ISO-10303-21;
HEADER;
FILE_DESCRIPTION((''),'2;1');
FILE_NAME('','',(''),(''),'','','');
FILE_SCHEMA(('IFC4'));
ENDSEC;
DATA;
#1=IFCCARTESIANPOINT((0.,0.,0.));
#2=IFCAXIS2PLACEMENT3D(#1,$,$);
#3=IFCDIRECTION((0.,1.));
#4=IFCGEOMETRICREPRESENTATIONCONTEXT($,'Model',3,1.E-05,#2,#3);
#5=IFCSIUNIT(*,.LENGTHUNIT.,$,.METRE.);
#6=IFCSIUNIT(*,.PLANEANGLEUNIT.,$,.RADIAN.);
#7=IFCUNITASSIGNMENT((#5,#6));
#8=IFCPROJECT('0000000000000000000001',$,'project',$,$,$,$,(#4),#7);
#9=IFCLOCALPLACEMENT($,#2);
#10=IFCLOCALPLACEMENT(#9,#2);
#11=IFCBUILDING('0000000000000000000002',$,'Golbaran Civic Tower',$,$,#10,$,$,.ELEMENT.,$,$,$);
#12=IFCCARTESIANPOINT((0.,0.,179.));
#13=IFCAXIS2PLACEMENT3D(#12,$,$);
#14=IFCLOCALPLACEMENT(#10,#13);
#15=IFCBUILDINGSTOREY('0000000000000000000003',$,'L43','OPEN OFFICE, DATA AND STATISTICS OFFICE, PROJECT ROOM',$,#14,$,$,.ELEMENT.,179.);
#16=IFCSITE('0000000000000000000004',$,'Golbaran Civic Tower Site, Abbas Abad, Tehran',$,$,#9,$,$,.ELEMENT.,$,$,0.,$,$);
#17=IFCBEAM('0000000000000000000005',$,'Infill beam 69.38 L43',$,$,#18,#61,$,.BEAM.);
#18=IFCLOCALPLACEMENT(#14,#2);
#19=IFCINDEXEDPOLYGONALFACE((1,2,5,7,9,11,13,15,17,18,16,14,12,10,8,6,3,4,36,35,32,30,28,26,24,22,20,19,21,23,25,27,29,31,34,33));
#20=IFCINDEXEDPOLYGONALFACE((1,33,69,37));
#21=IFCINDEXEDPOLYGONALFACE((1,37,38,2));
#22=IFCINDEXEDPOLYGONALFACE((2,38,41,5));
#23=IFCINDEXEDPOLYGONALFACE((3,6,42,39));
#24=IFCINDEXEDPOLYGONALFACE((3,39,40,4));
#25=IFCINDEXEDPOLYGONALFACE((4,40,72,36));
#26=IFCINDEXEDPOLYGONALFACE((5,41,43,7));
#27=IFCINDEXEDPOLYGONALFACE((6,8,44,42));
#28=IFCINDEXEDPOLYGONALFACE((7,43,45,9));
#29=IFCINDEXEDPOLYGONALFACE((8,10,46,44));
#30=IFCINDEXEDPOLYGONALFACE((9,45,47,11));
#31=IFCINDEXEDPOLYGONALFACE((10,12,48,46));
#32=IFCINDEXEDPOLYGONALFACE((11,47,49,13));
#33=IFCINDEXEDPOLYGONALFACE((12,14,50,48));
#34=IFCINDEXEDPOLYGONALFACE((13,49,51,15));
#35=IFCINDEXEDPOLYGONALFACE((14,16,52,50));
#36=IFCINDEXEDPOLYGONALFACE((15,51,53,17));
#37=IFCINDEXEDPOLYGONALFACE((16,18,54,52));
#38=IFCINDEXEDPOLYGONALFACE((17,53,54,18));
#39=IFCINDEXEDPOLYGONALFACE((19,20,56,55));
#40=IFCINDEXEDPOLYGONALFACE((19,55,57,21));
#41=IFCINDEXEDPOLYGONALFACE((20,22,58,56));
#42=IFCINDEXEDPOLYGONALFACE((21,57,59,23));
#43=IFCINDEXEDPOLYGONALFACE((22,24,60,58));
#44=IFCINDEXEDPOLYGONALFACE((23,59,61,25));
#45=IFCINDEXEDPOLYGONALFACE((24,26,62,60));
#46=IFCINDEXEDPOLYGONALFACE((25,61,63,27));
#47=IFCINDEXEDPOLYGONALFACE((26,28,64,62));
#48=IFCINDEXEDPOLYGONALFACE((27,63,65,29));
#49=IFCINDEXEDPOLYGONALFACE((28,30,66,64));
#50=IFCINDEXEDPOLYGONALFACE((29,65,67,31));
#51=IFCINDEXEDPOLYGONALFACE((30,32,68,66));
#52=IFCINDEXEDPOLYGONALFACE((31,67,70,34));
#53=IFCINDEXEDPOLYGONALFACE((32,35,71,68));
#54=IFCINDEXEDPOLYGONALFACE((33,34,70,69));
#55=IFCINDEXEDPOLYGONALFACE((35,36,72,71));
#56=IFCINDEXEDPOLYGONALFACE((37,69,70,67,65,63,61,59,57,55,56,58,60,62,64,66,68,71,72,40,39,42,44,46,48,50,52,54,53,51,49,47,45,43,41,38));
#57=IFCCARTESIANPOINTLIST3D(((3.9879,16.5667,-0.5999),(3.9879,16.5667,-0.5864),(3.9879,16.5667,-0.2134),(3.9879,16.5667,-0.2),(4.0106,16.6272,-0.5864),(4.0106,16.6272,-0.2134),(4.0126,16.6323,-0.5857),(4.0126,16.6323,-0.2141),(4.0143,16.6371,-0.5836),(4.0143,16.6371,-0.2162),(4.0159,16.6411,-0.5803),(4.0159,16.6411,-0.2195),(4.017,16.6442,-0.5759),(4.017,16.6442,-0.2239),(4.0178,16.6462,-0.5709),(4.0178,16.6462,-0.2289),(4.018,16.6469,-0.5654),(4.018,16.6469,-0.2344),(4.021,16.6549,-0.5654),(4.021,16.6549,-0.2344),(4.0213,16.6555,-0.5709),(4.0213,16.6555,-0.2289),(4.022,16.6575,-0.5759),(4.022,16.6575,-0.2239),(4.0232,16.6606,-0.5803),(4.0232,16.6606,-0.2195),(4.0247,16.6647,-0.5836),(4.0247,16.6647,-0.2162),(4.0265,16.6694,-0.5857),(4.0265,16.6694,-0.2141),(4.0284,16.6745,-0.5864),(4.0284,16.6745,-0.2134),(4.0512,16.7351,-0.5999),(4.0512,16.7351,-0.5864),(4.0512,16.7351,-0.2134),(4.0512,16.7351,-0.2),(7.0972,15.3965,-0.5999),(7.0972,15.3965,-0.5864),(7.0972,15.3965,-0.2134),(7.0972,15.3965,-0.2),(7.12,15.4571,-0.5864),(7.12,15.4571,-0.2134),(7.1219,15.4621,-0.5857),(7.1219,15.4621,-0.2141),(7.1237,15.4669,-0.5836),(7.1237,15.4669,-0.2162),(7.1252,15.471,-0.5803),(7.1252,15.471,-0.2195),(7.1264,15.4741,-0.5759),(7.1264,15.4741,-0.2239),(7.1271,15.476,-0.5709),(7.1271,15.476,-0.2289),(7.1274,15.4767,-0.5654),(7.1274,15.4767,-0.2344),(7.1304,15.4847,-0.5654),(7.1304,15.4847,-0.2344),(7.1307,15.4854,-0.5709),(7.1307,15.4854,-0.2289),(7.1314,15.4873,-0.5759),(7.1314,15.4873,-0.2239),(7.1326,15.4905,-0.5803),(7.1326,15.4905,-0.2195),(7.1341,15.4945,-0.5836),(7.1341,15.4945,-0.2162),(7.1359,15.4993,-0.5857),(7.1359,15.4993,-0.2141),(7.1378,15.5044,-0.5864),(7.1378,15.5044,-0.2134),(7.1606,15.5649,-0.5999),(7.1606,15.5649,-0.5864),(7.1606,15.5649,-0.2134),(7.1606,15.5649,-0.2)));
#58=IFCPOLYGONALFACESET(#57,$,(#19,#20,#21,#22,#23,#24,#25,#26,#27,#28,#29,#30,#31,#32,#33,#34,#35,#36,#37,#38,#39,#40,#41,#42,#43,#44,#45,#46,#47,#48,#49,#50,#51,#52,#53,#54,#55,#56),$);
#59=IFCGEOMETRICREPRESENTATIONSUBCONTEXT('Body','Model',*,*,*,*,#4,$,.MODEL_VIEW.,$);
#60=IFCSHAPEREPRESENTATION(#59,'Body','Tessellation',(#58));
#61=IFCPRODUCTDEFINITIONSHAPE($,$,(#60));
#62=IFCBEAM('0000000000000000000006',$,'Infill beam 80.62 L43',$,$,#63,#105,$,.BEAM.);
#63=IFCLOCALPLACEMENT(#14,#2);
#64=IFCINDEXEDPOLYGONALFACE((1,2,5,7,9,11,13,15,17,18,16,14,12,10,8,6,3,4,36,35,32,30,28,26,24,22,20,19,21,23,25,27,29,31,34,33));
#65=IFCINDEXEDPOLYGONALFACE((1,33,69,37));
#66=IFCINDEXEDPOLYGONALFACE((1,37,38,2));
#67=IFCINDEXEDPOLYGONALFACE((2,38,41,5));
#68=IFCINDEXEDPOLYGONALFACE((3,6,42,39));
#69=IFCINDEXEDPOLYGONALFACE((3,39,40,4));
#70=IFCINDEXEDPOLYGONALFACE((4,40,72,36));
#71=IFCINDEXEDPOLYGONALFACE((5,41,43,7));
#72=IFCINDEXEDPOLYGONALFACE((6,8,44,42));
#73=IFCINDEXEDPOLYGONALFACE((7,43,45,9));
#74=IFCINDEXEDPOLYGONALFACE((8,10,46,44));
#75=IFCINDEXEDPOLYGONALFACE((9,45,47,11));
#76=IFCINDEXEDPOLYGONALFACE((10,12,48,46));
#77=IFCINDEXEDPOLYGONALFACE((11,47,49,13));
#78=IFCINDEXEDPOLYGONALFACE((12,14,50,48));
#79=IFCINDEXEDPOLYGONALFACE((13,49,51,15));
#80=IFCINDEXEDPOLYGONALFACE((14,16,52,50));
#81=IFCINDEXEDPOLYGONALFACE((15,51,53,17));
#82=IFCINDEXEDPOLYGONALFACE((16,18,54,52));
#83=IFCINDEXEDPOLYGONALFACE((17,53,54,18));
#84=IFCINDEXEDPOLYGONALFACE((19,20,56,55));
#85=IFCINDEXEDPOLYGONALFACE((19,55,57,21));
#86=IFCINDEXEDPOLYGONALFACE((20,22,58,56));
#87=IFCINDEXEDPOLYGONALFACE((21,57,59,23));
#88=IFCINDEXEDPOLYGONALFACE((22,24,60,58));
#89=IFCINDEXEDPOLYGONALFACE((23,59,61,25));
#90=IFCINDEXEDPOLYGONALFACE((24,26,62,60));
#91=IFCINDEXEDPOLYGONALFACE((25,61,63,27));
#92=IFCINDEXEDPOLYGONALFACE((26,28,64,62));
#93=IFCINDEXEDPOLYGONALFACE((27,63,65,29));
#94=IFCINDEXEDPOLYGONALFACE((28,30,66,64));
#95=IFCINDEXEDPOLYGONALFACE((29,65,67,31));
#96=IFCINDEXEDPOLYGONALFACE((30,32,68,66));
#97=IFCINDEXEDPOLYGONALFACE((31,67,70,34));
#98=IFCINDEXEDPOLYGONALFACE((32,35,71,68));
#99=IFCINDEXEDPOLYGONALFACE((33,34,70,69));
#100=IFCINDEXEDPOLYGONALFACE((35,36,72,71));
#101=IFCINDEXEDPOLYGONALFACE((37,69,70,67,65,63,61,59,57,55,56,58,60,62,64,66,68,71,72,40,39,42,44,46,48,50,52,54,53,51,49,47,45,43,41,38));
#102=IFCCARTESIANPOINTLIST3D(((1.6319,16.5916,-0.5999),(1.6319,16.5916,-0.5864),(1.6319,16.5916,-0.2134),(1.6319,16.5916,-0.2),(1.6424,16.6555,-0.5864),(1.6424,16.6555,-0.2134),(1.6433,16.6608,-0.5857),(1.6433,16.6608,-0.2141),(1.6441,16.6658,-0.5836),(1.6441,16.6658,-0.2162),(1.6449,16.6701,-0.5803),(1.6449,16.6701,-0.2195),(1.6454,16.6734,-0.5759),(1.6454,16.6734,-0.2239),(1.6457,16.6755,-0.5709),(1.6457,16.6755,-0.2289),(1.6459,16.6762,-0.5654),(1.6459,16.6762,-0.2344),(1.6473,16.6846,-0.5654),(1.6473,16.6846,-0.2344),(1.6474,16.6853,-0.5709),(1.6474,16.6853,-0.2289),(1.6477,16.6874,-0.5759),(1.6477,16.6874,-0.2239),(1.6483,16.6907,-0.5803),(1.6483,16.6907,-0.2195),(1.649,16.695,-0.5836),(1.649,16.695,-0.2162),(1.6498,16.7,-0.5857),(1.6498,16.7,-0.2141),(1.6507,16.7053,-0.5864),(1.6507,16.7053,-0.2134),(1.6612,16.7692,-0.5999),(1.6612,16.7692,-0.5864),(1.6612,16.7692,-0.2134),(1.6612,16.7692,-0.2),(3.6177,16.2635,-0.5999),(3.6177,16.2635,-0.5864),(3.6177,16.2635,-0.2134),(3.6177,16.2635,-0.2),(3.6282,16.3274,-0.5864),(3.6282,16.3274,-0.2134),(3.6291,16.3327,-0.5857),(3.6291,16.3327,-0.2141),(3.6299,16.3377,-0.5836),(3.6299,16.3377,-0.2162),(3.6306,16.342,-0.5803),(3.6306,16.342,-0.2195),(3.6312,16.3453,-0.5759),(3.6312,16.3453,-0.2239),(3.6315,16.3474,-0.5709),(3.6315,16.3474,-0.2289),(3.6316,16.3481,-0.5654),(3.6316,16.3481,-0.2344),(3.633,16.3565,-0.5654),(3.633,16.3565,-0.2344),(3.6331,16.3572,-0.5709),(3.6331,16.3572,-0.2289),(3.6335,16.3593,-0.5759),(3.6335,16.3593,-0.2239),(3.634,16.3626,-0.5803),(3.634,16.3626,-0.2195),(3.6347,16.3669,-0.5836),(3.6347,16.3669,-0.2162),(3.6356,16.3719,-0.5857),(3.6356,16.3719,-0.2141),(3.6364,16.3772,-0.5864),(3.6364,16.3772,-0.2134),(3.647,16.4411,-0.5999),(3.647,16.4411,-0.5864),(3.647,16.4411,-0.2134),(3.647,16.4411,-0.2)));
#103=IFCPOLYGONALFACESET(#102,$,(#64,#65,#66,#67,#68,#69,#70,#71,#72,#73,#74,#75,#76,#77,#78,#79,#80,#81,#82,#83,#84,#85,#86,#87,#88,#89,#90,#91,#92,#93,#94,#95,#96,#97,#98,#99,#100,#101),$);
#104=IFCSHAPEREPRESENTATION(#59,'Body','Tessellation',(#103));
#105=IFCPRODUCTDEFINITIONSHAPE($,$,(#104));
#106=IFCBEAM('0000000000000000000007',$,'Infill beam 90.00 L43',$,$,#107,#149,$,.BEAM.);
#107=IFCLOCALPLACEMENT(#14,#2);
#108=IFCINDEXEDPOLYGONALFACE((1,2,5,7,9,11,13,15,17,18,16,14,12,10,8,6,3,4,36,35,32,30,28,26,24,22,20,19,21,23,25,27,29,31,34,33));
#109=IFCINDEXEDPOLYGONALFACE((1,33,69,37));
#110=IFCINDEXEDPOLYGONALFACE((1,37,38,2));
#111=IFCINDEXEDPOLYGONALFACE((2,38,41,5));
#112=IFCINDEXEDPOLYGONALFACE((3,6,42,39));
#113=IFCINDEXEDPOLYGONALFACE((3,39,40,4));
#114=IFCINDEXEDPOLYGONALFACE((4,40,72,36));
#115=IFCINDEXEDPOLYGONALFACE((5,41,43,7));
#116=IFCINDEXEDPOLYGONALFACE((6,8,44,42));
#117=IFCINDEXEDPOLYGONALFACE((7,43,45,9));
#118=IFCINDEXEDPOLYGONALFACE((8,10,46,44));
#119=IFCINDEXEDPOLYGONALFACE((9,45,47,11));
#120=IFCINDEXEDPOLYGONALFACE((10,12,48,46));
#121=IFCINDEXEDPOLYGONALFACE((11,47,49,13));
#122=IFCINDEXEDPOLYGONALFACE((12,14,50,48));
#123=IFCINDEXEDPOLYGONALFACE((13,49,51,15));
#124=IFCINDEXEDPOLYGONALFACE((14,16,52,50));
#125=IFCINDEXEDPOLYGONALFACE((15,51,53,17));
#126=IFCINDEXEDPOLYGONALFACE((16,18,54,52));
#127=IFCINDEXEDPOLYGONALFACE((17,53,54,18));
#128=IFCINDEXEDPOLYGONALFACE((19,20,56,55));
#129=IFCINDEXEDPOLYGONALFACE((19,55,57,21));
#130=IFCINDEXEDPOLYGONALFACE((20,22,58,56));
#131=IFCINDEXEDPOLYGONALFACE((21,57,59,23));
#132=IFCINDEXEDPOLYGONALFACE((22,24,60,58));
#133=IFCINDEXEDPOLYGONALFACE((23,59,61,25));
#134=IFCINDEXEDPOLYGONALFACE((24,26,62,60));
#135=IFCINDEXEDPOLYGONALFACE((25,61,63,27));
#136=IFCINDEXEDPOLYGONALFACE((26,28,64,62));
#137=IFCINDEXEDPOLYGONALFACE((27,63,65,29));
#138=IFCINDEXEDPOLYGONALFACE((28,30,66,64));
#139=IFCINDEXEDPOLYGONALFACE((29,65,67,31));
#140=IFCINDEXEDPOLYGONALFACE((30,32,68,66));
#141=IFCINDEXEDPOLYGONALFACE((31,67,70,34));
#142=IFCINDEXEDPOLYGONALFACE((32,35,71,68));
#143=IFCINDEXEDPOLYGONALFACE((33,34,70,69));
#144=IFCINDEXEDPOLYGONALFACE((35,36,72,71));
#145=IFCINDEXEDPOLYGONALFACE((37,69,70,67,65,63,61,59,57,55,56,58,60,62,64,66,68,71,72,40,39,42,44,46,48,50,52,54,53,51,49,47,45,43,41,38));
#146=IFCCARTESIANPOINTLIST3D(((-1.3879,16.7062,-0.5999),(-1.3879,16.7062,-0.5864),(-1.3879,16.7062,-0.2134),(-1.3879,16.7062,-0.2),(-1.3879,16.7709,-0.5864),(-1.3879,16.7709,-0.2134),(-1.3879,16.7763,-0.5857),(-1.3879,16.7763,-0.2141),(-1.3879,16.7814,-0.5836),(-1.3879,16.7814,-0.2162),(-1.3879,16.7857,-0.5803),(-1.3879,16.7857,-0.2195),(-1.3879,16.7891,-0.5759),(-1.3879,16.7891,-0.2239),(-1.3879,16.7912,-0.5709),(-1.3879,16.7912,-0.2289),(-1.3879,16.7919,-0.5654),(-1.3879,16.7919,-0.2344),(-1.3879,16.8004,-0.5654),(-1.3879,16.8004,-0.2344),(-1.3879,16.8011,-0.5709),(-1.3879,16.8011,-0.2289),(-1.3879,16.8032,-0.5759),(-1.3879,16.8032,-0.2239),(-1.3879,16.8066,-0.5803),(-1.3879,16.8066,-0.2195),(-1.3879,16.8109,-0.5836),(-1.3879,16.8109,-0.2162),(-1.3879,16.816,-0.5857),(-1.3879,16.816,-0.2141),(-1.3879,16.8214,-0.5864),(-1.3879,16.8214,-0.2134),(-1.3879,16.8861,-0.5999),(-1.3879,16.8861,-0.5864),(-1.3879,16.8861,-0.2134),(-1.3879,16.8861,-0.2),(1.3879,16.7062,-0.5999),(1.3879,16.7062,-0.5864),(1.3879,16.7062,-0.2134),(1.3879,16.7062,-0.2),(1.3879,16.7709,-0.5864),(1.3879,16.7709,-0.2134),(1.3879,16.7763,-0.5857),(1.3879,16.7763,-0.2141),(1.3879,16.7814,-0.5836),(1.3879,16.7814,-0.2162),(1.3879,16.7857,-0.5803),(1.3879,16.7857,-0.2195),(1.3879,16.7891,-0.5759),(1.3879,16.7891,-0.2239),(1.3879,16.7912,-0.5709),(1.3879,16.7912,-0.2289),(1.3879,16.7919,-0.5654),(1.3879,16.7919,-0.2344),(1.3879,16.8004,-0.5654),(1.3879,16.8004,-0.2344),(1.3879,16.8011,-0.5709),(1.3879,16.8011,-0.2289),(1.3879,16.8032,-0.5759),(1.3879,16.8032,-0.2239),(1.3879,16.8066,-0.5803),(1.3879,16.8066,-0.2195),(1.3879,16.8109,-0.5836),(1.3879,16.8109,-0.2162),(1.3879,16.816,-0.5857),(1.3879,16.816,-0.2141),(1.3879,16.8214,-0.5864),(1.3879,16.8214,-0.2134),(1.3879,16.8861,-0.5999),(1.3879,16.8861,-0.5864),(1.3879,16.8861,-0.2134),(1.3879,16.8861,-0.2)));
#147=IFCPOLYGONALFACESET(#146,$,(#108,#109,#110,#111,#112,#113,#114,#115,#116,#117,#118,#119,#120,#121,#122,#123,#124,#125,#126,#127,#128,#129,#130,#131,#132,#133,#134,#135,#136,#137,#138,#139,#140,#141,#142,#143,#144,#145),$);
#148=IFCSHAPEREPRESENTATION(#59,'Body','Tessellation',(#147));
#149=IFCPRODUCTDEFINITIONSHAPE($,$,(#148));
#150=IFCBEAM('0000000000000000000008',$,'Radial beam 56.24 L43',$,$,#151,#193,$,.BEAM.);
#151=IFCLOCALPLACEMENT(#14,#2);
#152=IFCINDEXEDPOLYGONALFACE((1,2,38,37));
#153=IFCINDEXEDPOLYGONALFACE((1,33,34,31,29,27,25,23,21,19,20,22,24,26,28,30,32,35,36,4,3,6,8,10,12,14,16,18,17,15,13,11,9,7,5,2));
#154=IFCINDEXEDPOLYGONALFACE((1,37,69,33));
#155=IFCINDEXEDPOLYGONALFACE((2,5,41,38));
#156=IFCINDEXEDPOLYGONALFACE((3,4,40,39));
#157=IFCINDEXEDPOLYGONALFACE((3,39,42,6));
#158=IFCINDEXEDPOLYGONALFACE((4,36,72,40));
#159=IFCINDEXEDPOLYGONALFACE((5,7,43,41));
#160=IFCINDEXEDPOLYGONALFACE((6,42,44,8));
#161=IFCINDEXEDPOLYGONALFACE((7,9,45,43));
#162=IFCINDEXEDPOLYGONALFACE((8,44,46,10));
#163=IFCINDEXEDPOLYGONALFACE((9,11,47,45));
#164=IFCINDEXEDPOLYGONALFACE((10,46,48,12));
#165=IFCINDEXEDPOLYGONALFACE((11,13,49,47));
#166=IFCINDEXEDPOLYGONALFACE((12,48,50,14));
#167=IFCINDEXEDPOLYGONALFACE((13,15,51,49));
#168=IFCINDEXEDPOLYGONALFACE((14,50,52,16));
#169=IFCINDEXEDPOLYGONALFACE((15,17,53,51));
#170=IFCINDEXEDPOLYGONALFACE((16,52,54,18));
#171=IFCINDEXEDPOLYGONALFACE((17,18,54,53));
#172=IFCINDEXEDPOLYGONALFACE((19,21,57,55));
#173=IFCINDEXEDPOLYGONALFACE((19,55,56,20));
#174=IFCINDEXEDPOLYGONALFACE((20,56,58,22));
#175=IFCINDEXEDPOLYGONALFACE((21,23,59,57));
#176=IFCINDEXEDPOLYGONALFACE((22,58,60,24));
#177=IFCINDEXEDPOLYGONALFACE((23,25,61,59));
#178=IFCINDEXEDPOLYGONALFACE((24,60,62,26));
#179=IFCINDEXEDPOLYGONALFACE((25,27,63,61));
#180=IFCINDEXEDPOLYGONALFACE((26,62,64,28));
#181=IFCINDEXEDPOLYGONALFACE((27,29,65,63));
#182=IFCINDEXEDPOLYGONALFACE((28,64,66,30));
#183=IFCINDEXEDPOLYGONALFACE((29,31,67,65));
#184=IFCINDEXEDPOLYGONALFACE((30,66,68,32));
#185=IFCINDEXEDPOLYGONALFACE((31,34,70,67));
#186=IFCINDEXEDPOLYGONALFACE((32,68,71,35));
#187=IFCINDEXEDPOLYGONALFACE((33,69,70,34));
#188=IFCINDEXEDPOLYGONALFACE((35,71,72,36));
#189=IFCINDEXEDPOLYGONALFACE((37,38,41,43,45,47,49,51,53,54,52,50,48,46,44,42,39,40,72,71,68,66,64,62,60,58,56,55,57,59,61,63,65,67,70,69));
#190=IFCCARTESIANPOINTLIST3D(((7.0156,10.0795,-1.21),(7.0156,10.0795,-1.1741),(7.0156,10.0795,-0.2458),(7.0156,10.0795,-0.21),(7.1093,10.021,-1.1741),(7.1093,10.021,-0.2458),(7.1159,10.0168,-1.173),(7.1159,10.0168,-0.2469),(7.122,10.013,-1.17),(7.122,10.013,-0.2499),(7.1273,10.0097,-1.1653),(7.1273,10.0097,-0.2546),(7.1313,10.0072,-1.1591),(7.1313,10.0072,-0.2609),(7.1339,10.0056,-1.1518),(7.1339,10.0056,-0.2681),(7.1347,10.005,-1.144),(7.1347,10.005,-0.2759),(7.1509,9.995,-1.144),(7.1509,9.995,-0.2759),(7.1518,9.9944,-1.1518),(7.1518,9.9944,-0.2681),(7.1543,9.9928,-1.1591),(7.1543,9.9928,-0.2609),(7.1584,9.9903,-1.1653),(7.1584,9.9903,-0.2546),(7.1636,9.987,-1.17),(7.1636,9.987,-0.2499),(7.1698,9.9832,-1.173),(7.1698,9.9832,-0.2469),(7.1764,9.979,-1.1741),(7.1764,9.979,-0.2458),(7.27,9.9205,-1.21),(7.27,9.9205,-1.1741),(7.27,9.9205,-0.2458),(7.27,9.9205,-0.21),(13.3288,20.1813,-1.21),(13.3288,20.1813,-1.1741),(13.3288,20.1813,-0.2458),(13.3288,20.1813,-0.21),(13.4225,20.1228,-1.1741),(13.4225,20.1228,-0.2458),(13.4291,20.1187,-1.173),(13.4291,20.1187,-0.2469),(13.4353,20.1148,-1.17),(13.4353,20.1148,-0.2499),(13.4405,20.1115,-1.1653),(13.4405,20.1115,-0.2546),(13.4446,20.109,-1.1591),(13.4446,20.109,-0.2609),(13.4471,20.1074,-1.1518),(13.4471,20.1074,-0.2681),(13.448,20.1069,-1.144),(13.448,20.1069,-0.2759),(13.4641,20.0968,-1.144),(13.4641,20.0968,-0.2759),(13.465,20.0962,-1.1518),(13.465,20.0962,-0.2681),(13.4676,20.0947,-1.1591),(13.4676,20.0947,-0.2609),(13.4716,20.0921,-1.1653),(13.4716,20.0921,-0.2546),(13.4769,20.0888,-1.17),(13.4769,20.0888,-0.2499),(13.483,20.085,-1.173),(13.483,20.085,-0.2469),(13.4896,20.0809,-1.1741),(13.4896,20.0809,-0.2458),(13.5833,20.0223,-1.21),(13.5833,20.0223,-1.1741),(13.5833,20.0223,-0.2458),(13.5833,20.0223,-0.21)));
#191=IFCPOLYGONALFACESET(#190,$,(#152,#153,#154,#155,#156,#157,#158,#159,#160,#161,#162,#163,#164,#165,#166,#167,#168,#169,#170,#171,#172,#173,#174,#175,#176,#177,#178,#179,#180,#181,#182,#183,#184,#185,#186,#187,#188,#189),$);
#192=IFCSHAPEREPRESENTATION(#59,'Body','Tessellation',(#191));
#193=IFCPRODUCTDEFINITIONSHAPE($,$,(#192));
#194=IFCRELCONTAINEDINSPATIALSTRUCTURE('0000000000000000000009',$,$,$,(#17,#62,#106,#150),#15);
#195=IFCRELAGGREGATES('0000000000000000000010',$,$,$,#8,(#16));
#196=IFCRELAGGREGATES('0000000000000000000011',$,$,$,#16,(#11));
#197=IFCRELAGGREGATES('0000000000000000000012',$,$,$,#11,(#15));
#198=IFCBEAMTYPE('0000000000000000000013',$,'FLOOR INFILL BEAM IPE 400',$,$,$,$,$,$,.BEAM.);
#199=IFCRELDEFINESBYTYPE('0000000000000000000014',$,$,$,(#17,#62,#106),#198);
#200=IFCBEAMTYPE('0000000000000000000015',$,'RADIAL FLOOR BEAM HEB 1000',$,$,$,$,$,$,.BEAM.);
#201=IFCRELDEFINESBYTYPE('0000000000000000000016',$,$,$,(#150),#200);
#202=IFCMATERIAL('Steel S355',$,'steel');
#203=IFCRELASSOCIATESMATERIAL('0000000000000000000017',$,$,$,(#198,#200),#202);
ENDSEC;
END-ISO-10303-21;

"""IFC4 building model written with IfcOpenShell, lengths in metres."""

from ifc_helpers import new_model, si_unit, direction, frame, origin, origin_2d, place, context, subcontext, project, spatial, i_section, extrude, material, material_profile, profile_set, type_object, element, save


model = new_model("IFC4")

# Units and contexts
model_context = context("Model", 3, precision=1e-05, world=origin(), true_north=direction((0.0, 1.0)))
body_context = subcontext(model_context, "Body", "Model", "MODEL_VIEW")
ifc_project = project(units=[si_unit("LENGTHUNIT", "METRE"), si_unit("PLANEANGLEUNIT", "RADIAN")], contexts=[model_context])

# Site, building, storey
site_placement = place(None, origin())
site = spatial("IfcSite", under=ifc_project, at=site_placement, Name="Golbaran Civic Tower Site, Abbas Abad, Tehran", CompositionType="ELEMENT", RefElevation=0.0)
building_placement = place(site_placement, origin())
building = spatial("IfcBuilding", under=site, at=building_placement, Name="Golbaran Civic Tower", CompositionType="ELEMENT")
storey_placement = place(building_placement, frame((0.0, 0.0, 179.0)))
storey = spatial("IfcBuildingStorey", under=building, at=storey_placement, Name="L43", Description="OPEN OFFICE, DATA AND STATISTICS OFFICE, PROJECT ROOM", CompositionType="ELEMENT", Elevation=179.0)

# Beams
ifc_material_1 = material(Name="Steel S355", Category="steel")
ifc_material_profile_1 = material_profile(ifc_material_1, i_section(OverallWidth=0.1799, OverallDepth=0.3999, WebThickness=0.0085, FlangeThickness=0.0134, FilletRadius=0.021, at=origin_2d()), Name="IPE 400")
ifc_profile_set_1 = profile_set([ifc_material_profile_1], Name="Steel S355")
beam_type_1 = type_object("IfcBeamType", Name="FLOOR INFILL BEAM IPE 400", PredefinedType="BEAM", material=ifc_profile_set_1)
beam_1_placement = place(storey_placement, frame((7.1289, 15.4807, -0.3999), z_axis=(-0.935918, 0.352218, 0.0), x_axis=(-0.352218, -0.935918, 0.0)))
element("IfcBeam", 1, at=beam_1_placement, inside=storey, type_object=beam_type_1, Name="Infill beam 69.38 L43", PredefinedType="BEAM", context=body_context, shape_type="SweptSolid", body=[
    extrude(i_section(OverallWidth=0.1799, OverallDepth=0.3999, WebThickness=0.0085, FlangeThickness=0.0134, FilletRadius=0.021, at=origin_2d()), origin(), (0.0, 0.0, 1.0), 3.3223),
])
beam_2_placement = place(storey_placement, frame((3.6323, 16.3523, -0.3999), z_axis=(-0.986622, 0.163022, 0.0), x_axis=(-0.163022, -0.986622, 0.0)))
element("IfcBeam", 2, at=beam_2_placement, inside=storey, type_object=beam_type_1, Name="Infill beam 80.62 L43", PredefinedType="BEAM", context=body_context, shape_type="SweptSolid", body=[
    extrude(i_section(OverallWidth=0.1799, OverallDepth=0.3999, WebThickness=0.0085, FlangeThickness=0.0134, FilletRadius=0.021, at=origin_2d()), origin(), (0.0, 0.0, 1.0), 2.0127),
])
beam_3_placement = place(storey_placement, frame((1.3879, 16.7961, -0.3999), z_axis=(-1.0, 0.0, 0.0), x_axis=(0.0, -1.0, 0.0)))
element("IfcBeam", 3, at=beam_3_placement, inside=storey, type_object=beam_type_1, Name="Infill beam 90.00 L43", PredefinedType="BEAM", context=body_context, shape_type="SweptSolid", body=[
    extrude(i_section(OverallWidth=0.1799, OverallDepth=0.3999, WebThickness=0.0085, FlangeThickness=0.0134, FilletRadius=0.021, at=origin_2d()), origin(), (0.0, 0.0, 1.0), 2.7759),
])
ifc_material_profile_2 = material_profile(ifc_material_1, i_section(OverallWidth=0.3, OverallDepth=1.0, WebThickness=0.019, FlangeThickness=0.0359, FilletRadius=0.03, at=origin_2d()), Name="HEB 1000")
ifc_profile_set_2 = profile_set([ifc_material_profile_2], Name="Steel S355")
beam_type_2 = type_object("IfcBeamType", Name="RADIAL FLOOR BEAM HEB 1000", PredefinedType="BEAM", material=ifc_profile_set_2)
beam_4_placement = place(storey_placement, frame((7.1428, 10.0, -0.71), z_axis=(0.529975, 0.848013, 0.0), x_axis=(-0.848013, 0.529975, 0.0)))
element("IfcBeam", 4, at=beam_4_placement, inside=storey, type_object=beam_type_2, Name="Radial beam 56.24 L43", PredefinedType="BEAM", context=body_context, shape_type="SweptSolid", body=[
    extrude(i_section(OverallWidth=0.3, OverallDepth=1.0, WebThickness=0.019, FlangeThickness=0.0359, FilletRadius=0.03, at=origin_2d()), origin(), (0.0, 0.0, 1.0), 11.9124),
])

save(model, "model.ifc")
